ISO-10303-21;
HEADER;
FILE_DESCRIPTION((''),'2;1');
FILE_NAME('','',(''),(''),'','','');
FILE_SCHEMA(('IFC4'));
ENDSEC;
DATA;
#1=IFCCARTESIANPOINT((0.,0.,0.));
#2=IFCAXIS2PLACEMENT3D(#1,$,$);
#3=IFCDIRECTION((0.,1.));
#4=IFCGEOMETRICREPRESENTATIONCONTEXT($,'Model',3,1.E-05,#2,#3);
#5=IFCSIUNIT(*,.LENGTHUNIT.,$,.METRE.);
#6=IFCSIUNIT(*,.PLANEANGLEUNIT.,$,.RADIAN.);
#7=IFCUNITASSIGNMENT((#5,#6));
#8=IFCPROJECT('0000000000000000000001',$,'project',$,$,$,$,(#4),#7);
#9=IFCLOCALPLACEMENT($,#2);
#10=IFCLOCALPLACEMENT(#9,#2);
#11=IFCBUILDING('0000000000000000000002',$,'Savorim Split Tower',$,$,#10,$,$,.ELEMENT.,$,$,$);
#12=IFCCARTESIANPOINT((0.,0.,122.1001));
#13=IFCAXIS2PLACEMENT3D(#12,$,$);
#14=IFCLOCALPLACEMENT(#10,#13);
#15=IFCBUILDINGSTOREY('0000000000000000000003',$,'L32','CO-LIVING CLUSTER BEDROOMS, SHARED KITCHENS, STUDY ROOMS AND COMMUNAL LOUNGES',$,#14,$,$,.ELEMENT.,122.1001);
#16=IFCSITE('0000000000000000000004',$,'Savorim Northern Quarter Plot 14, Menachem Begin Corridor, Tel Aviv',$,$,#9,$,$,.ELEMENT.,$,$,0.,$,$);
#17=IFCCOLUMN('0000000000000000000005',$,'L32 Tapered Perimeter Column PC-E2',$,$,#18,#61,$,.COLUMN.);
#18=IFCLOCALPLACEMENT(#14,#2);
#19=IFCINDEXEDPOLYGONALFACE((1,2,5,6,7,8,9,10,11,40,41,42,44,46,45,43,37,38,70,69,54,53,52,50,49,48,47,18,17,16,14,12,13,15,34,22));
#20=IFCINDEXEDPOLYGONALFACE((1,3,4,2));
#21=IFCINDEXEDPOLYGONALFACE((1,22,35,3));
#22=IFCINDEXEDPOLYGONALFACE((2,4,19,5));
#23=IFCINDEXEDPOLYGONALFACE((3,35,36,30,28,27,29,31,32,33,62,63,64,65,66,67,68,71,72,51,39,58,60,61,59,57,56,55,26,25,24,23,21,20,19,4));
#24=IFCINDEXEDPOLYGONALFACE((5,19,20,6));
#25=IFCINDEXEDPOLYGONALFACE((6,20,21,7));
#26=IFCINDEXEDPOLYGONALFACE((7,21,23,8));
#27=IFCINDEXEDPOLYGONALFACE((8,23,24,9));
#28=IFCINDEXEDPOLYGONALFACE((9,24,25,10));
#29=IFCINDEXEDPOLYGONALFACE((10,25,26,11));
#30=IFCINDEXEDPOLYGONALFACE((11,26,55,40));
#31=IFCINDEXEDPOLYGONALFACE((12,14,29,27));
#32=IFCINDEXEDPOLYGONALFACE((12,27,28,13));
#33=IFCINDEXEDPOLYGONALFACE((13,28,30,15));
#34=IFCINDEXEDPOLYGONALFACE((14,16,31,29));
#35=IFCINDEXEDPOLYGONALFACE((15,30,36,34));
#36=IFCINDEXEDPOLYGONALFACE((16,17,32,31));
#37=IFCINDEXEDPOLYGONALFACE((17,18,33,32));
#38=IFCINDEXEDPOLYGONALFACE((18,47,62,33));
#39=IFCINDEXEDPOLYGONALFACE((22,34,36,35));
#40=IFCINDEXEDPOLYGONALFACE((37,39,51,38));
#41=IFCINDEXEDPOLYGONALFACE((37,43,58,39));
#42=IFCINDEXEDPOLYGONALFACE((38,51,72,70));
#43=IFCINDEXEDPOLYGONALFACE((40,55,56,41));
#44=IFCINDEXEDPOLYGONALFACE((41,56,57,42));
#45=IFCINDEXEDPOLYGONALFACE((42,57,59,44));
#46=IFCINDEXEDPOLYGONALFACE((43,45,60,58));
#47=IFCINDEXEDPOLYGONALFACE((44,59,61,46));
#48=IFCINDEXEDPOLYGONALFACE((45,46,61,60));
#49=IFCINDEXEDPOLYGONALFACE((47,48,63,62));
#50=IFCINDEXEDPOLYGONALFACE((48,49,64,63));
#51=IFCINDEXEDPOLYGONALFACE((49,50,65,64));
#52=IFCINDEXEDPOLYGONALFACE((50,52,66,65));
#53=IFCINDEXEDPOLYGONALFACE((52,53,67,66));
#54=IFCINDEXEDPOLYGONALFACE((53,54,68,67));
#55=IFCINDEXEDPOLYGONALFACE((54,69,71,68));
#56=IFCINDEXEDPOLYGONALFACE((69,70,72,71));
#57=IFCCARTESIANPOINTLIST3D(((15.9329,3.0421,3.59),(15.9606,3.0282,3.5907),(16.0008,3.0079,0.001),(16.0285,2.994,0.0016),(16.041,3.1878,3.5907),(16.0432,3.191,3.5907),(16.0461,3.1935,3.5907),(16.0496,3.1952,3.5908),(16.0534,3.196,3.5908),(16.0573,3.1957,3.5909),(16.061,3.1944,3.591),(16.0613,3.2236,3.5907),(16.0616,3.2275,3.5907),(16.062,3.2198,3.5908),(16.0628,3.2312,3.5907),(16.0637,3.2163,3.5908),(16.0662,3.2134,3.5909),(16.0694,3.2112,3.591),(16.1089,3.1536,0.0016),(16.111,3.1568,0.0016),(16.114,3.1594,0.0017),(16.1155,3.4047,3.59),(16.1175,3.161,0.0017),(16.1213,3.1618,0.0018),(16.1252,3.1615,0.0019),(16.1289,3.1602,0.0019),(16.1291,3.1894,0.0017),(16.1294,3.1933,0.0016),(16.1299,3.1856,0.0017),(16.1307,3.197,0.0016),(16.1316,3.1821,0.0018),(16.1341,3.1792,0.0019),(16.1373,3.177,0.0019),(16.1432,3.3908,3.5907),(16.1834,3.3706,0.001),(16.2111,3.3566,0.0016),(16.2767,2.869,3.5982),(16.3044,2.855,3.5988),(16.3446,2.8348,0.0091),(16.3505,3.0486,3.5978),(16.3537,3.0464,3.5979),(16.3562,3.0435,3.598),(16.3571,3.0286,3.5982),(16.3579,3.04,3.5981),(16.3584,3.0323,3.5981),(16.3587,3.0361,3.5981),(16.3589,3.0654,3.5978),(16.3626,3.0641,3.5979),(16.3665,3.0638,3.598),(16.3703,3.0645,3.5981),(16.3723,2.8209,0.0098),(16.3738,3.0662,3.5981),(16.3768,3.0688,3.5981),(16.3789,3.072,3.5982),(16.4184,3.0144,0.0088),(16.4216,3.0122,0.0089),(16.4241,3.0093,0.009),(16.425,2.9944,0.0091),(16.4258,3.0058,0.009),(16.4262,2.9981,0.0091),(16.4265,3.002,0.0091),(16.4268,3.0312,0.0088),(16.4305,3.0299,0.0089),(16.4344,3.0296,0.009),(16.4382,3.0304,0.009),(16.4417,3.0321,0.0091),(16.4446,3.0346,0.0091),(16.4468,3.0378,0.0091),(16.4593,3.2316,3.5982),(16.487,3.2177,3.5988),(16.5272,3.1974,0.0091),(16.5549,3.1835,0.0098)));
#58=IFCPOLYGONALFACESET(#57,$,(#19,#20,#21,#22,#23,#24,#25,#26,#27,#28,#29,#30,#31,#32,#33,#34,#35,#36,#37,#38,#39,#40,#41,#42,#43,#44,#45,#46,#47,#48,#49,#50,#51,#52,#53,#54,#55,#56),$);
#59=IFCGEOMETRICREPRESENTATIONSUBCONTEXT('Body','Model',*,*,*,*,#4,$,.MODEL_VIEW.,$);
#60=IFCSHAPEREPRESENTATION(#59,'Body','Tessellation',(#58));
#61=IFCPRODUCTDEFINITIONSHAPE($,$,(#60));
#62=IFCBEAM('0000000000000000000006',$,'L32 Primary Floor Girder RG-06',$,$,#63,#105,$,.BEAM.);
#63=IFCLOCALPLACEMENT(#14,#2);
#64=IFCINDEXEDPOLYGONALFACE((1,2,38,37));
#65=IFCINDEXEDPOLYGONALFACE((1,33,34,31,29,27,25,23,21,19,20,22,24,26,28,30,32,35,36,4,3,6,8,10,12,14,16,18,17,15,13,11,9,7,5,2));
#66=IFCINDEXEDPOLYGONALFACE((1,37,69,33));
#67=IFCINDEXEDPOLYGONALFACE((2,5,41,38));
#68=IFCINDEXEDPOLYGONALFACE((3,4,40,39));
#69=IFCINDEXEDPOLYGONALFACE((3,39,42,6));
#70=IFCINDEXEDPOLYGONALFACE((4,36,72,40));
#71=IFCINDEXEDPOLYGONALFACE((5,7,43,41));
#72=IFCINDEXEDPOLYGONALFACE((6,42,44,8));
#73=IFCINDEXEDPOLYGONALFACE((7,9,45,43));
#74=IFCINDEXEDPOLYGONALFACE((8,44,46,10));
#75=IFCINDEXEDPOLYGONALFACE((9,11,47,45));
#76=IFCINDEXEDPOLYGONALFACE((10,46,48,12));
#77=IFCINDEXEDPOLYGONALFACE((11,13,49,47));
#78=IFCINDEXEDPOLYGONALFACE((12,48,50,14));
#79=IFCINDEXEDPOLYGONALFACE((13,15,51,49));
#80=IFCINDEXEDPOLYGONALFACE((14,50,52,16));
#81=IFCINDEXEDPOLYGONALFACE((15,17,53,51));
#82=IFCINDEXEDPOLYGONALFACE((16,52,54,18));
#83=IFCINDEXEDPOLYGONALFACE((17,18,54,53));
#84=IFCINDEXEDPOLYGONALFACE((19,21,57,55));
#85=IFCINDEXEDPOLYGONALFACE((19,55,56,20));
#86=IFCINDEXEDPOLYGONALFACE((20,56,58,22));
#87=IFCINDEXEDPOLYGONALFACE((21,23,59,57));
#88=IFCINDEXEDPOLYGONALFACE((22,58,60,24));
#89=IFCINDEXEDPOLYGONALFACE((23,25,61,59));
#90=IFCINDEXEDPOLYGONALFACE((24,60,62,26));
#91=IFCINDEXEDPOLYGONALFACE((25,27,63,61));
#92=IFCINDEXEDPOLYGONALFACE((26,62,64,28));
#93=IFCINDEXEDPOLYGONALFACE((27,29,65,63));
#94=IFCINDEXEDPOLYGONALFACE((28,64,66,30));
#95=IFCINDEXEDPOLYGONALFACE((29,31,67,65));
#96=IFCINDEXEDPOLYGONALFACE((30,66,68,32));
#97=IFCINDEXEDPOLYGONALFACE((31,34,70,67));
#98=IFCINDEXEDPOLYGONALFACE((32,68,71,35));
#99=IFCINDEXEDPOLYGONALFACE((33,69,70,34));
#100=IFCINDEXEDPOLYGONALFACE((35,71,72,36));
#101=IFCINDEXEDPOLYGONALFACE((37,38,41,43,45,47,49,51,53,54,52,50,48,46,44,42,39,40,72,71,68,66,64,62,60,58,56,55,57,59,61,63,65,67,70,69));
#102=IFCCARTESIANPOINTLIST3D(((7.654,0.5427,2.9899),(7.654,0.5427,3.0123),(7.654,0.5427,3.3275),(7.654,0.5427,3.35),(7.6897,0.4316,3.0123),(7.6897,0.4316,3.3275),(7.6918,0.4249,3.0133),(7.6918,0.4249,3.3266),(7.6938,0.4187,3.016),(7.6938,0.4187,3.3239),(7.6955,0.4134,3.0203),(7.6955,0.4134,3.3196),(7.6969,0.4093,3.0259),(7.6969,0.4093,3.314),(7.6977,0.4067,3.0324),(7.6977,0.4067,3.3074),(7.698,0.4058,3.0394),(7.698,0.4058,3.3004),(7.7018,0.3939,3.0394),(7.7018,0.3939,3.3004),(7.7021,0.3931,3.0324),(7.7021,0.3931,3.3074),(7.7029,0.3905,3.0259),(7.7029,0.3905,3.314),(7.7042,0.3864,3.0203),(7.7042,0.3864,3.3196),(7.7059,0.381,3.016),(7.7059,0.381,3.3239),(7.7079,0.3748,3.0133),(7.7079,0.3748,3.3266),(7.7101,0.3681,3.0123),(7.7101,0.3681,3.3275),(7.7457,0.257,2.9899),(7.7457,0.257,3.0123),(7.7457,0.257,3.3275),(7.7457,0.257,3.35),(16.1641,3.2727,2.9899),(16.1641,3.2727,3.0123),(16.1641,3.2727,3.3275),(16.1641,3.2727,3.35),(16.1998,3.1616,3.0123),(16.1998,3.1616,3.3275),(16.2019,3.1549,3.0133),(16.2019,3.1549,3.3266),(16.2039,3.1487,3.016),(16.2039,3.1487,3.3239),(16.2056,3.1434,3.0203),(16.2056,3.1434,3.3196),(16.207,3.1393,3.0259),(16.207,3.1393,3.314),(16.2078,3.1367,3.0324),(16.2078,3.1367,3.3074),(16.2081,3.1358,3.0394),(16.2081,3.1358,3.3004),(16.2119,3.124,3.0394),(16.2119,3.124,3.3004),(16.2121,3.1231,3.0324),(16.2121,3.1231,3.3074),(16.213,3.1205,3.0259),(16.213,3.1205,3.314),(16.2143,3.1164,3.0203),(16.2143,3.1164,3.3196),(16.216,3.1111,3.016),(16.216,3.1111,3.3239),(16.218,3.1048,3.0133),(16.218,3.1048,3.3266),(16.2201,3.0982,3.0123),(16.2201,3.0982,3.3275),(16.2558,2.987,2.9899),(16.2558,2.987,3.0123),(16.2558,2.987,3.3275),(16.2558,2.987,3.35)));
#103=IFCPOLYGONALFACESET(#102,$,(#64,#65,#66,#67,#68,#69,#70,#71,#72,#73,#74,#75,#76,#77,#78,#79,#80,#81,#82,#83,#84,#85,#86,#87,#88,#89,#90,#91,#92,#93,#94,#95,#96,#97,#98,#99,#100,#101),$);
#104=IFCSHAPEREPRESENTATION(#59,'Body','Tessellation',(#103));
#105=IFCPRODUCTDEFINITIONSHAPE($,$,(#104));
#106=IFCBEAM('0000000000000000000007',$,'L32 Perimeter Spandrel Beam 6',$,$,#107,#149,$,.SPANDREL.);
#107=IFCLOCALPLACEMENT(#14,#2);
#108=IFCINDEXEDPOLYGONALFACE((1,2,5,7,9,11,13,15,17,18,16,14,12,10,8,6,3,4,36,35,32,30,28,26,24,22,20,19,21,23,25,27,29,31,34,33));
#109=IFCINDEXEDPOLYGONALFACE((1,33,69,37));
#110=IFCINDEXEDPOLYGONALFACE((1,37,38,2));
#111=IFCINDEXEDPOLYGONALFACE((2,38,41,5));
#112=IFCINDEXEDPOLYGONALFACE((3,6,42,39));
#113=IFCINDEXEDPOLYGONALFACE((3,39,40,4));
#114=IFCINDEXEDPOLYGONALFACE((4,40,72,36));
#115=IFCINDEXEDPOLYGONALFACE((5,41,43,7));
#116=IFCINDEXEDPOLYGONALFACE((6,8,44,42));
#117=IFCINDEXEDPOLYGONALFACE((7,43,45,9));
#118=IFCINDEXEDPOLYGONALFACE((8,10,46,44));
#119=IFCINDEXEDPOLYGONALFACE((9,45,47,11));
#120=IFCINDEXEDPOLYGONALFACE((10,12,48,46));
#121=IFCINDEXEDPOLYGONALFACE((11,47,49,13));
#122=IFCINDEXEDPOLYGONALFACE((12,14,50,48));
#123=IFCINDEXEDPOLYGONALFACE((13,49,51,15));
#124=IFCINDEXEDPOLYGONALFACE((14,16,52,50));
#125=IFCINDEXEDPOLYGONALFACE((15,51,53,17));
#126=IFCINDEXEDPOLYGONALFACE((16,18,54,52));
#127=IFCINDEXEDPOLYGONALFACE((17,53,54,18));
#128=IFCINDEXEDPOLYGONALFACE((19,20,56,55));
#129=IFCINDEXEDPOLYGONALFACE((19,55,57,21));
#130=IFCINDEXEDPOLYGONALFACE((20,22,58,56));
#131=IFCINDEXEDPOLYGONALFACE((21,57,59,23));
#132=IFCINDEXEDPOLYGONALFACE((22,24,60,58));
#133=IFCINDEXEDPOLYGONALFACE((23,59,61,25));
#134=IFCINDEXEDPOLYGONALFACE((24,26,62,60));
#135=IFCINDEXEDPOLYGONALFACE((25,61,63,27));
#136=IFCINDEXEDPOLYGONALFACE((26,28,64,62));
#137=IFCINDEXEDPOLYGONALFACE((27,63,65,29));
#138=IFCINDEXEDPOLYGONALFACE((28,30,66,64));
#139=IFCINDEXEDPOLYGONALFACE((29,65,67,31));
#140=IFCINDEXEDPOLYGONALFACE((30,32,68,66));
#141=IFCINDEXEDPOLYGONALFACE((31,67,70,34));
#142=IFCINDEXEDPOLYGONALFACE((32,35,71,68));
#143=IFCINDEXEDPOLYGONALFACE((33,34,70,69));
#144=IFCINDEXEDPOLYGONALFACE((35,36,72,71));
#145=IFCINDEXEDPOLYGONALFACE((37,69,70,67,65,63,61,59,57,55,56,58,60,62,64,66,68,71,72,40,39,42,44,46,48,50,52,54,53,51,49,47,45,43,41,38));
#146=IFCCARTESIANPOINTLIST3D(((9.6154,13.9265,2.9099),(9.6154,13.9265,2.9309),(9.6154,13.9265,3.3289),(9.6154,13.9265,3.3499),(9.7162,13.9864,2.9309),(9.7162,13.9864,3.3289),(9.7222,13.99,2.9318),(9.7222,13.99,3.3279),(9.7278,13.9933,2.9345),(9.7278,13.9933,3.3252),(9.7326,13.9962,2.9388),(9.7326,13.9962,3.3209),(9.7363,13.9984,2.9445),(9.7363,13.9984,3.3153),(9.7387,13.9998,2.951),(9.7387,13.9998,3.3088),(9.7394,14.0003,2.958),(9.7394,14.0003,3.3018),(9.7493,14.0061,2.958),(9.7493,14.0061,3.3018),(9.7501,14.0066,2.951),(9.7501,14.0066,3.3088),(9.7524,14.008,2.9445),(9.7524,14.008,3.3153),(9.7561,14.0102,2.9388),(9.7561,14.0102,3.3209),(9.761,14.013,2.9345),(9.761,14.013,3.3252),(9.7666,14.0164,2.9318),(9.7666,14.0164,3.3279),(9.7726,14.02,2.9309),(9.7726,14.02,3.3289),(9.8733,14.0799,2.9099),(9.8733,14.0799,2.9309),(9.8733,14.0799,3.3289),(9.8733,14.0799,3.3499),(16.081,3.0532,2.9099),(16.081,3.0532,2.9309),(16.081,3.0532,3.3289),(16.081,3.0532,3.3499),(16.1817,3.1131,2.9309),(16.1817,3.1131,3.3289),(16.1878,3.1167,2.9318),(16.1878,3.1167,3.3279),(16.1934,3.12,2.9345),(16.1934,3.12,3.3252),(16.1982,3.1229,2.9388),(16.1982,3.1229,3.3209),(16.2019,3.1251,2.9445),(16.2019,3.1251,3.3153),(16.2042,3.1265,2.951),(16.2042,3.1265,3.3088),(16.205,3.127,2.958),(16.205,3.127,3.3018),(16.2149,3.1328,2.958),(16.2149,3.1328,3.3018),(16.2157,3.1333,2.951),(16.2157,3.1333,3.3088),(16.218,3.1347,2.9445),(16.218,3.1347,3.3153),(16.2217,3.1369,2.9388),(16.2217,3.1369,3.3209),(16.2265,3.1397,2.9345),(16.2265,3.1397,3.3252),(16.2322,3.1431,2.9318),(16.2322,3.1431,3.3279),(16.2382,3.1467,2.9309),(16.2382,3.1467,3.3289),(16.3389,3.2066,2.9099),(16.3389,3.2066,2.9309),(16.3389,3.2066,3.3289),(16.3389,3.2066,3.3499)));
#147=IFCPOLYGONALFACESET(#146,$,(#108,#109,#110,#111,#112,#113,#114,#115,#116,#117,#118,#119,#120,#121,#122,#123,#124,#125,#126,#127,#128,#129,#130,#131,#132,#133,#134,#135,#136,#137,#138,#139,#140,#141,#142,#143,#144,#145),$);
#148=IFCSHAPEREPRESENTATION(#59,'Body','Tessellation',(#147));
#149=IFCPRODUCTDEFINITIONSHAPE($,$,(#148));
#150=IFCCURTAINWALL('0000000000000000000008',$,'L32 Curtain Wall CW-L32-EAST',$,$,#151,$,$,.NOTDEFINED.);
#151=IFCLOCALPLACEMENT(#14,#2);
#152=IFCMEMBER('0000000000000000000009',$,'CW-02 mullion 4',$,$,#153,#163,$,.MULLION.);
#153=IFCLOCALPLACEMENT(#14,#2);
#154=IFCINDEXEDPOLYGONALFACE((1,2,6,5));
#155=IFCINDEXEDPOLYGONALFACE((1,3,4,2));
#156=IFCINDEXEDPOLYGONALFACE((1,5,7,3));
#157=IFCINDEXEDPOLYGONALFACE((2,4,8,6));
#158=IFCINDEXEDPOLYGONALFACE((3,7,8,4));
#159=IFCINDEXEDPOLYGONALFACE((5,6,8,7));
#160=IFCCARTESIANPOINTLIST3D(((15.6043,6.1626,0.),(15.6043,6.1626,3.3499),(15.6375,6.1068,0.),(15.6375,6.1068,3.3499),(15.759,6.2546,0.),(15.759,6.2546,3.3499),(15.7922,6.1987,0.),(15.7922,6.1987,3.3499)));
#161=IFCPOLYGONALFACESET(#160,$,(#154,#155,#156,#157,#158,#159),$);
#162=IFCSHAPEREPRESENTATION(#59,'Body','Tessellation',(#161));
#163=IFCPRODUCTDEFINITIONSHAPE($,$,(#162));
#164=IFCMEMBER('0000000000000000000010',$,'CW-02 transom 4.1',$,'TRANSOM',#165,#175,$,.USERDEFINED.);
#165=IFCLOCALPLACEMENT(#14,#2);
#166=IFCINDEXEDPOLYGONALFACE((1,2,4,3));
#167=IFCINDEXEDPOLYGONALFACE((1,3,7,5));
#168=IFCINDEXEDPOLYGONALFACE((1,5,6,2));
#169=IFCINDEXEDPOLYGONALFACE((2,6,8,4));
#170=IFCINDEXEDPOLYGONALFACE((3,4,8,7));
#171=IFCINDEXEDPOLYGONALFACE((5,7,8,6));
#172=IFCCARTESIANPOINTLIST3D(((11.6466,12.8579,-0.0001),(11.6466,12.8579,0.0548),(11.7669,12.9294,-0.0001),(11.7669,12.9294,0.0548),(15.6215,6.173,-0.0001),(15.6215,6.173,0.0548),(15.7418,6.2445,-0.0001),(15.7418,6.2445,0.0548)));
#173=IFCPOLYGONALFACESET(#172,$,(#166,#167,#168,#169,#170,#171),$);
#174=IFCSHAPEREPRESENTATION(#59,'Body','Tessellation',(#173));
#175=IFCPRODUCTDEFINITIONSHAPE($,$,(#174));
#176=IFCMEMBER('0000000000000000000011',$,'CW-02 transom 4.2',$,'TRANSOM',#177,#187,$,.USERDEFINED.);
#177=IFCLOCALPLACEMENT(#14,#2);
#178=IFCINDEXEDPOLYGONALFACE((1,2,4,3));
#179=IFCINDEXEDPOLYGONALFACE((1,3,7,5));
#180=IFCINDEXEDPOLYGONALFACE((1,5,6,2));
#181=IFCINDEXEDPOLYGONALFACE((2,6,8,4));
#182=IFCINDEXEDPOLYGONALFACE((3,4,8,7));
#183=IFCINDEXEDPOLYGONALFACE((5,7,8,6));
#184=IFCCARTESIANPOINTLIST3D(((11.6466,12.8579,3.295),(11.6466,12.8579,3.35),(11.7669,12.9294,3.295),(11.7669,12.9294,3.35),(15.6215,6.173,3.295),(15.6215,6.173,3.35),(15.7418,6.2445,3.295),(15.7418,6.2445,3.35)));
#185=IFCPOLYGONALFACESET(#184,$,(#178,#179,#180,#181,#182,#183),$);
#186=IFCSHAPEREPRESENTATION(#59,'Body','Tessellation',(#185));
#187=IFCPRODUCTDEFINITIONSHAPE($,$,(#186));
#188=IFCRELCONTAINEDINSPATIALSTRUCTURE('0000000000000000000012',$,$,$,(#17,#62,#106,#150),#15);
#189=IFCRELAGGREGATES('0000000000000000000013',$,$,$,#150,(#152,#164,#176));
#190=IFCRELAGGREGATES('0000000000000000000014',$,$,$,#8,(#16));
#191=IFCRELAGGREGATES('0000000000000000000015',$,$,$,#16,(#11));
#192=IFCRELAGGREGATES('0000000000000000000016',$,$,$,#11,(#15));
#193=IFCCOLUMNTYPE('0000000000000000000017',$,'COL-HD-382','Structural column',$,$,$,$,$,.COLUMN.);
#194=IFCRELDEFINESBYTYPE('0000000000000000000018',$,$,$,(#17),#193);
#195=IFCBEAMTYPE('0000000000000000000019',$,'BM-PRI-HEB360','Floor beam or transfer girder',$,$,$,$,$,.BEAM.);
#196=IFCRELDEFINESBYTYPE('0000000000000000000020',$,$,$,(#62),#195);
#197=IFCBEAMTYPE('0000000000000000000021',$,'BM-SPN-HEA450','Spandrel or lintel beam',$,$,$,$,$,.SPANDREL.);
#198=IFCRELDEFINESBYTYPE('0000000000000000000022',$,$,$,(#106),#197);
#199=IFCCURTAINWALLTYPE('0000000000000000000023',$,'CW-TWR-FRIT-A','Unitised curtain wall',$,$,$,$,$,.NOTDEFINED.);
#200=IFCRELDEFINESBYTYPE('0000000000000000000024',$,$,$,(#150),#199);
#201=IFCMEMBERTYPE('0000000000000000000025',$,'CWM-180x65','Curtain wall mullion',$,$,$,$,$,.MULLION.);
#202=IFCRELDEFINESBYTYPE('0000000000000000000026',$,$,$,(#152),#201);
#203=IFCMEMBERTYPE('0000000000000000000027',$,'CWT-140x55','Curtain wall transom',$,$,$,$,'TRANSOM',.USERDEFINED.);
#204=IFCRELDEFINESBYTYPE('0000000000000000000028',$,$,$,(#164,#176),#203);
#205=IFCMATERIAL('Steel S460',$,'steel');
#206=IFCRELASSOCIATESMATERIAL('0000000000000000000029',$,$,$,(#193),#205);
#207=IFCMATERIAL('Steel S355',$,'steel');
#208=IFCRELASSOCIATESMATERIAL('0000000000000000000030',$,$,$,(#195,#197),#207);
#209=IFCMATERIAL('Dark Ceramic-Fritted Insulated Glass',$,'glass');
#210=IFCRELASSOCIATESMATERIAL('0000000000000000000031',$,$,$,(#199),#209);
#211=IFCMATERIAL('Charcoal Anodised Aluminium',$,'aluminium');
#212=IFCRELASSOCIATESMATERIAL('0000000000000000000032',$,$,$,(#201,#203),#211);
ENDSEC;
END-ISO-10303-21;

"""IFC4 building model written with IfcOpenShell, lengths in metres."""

from ifc_helpers import new_model, si_unit, direction, frame, origin, origin_2d, place, context, subcontext, project, spatial, rectangle, i_section, extrude, material, material_profile, profile_set, type_object, element, aggregate, save


model = new_model("IFC4")

# Units and contexts
model_context = context("Model", 3, precision=1e-05, world=origin(), true_north=direction((0.0, 1.0)))
body_context = subcontext(model_context, "Body", "Model", "MODEL_VIEW")
ifc_project = project(units=[si_unit("LENGTHUNIT", "METRE"), si_unit("PLANEANGLEUNIT", "RADIAN")], contexts=[model_context])

# Site, building, storey
site_placement = place(None, origin())
site = spatial("IfcSite", under=ifc_project, at=site_placement, Name="Savorim Northern Quarter Plot 14, Menachem Begin Corridor, Tel Aviv", CompositionType="ELEMENT", RefElevation=0.0)
building_placement = place(site_placement, origin())
building = spatial("IfcBuilding", under=site, at=building_placement, Name="Savorim Split Tower", CompositionType="ELEMENT")
storey_placement = place(building_placement, frame((0.0, 0.0, 122.1001)))
storey = spatial("IfcBuildingStorey", under=building, at=storey_placement, Name="L32", Description="CO-LIVING CLUSTER BEDROOMS, SHARED KITCHENS, STUDY ROOMS AND COMMUNAL LOUNGES", CompositionType="ELEMENT", Elevation=122.1001)

# Column
ifc_material_1 = material(Name="Steel S460", Category="steel")
ifc_material_profile_1 = material_profile(ifc_material_1, i_section(OverallWidth=0.406, OverallDepth=0.416, WebThickness=0.0188, FlangeThickness=0.031, FilletRadius=0.0149, at=origin_2d()), Name="HD 400x382")
ifc_profile_set_1 = profile_set([ifc_material_profile_1], Name="Steel S460")
column_type = type_object("IfcColumnType", Name="COL-HD-382", Description="Structural column", PredefinedType="COLUMN", material=ifc_profile_set_1)
column_placement = place(storey_placement, frame((16.2778, 3.0957, 0.0054), z_axis=(-0.018906, 0.009521, 0.999776), x_axis=(-0.449782, -0.893138, 0.0)))
element("IfcColumn", 1, at=column_placement, inside=storey, type_object=column_type, Name="L32 Tapered Perimeter Column PC-E2", PredefinedType="COLUMN", context=body_context, shape_type="SweptSolid", body=[
    extrude(i_section(OverallWidth=0.406, OverallDepth=0.416, WebThickness=0.0188, FlangeThickness=0.031, FilletRadius=0.0149, at=origin_2d()), origin(), (0.0, 0.0, 1.0), 3.5898),
])

# Beams
ifc_material_2 = material(Name="Steel S355", Category="steel")
ifc_material_profile_2 = material_profile(ifc_material_2, i_section(OverallWidth=0.3, OverallDepth=0.3601, WebThickness=0.0125, FlangeThickness=0.0225, FilletRadius=0.0271, at=origin_2d()), Name="HEB 360")
ifc_profile_set_2 = profile_set([ifc_material_profile_2], Name="Steel S355")
beam_type_1 = type_object("IfcBeamType", Name="BM-PRI-HEB360", Description="Floor beam or transfer girder", PredefinedType="BEAM", material=ifc_profile_set_2)
beam_1_placement = place(storey_placement, frame((16.21, 3.1299, 3.1699), z_axis=(-0.952204, -0.305464, 0.0), x_axis=(0.305464, -0.952204, 0.0)))
element("IfcBeam", 2, at=beam_1_placement, inside=storey, type_object=beam_type_1, Name="L32 Primary Floor Girder RG-06", PredefinedType="BEAM", context=body_context, shape_type="SweptSolid", body=[
    extrude(i_section(OverallWidth=0.3, OverallDepth=0.3601, WebThickness=0.0125, FlangeThickness=0.0225, FilletRadius=0.0271, at=origin_2d()), origin(), (0.0, 0.0, 1.0), 8.9373),
])
ifc_material_profile_3 = material_profile(ifc_material_2, i_section(OverallWidth=0.3, OverallDepth=0.4399, WebThickness=0.0115, FlangeThickness=0.021, FilletRadius=0.0271, at=origin_2d()), Name="HEA 450")
ifc_profile_set_3 = profile_set([ifc_material_profile_3], Name="Steel S355")
beam_type_2 = type_object("IfcBeamType", Name="BM-SPN-HEA450", Description="Spandrel or lintel beam", PredefinedType="SPANDREL", material=ifc_profile_set_3)
beam_2_placement = place(storey_placement, frame((16.21, 3.1299, 3.1299), z_axis=(-0.511097, 0.859523, 0.0), x_axis=(-0.859523, -0.511097, 0.0)))
element("IfcBeam", 3, at=beam_2_placement, inside=storey, type_object=beam_type_2, Name="L32 Perimeter Spandrel Beam 6", PredefinedType="SPANDREL", context=body_context, shape_type="SweptSolid", body=[
    extrude(i_section(OverallWidth=0.3, OverallDepth=0.4399, WebThickness=0.0115, FlangeThickness=0.021, FilletRadius=0.0271, at=origin_2d()), origin(), (0.0, 0.0, 1.0), 12.6504),
])

# Curtain wall, members
ifc_material_3 = material(Name="Dark Ceramic-Fritted Insulated Glass", Category="glass")
curtain_wall_type = type_object("IfcCurtainWallType", Name="CW-TWR-FRIT-A", Description="Unitised curtain wall", PredefinedType="NOTDEFINED", material=ifc_material_3)
curtain_wall_placement = place(storey_placement, origin())
curtain_wall = element("IfcCurtainWall", 4, at=curtain_wall_placement, inside=storey, type_object=curtain_wall_type, Name="L32 Curtain Wall CW-L32-EAST", PredefinedType="NOTDEFINED")
ifc_material_4 = material(Name="Charcoal Anodised Aluminium", Category="aluminium")
ifc_material_profile_4 = material_profile(ifc_material_4, rectangle(XDim=0.1799, YDim=0.0649, at=origin_2d()), Name="ALU-M 180x65")
ifc_profile_set_4 = profile_set([ifc_material_profile_4], Name="Charcoal Anodised Aluminium")
member_type_1 = type_object("IfcMemberType", Name="CWM-180x65", Description="Curtain wall mullion", PredefinedType="MULLION", material=ifc_profile_set_4)
member_1_placement = place(storey_placement, frame((15.6982, 6.1807, 0.0), z_axis=(0.0, 0.0, 1.0), x_axis=(-0.859525, -0.511093, 0.0)))
member_1 = element("IfcMember", 5, at=member_1_placement, type_object=member_type_1, Name="CW-02 mullion 4", PredefinedType="MULLION", context=body_context, shape_type="SweptSolid", body=[
    extrude(rectangle(XDim=0.1799, YDim=0.0649, at=origin_2d()), origin(), (0.0, 0.0, 1.0), 3.3499),
])
ifc_material_profile_5 = material_profile(ifc_material_4, rectangle(XDim=0.1399, YDim=0.0549, at=origin_2d()), Name="ALU-T 140x55")
ifc_profile_set_5 = profile_set([ifc_material_profile_5], Name="Charcoal Anodised Aluminium")
member_type_2 = type_object("IfcMemberType", Name="CWT-140x55", Description="Curtain wall transom", ElementType="TRANSOM", PredefinedType="USERDEFINED", material=ifc_profile_set_5)
member_2_placement = place(storey_placement, frame((15.6816, 6.2087, 0.0273), z_axis=(-0.511085, 0.85953, 0.0), x_axis=(-0.85953, -0.511085, 0.0)))
member_2 = element("IfcMember", 6, at=member_2_placement, type_object=member_type_2, Name="CW-02 transom 4.1", ObjectType="TRANSOM", PredefinedType="USERDEFINED", context=body_context, shape_type="SweptSolid", body=[
    extrude(rectangle(XDim=0.1399, YDim=0.0549, at=origin_2d()), origin(), (0.0, 0.0, 1.0), 7.7773),
])
member_3_placement = place(storey_placement, frame((15.6816, 6.2087, 3.3225), z_axis=(-0.511085, 0.85953, 0.0), x_axis=(-0.85953, -0.511085, 0.0)))
member_3 = element("IfcMember", 7, at=member_3_placement, type_object=member_type_2, Name="CW-02 transom 4.2", ObjectType="TRANSOM", PredefinedType="USERDEFINED", context=body_context, shape_type="SweptSolid", body=[
    extrude(rectangle(XDim=0.1399, YDim=0.0549, at=origin_2d()), origin(), (0.0, 0.0, 1.0), 7.7773),
])
aggregate(curtain_wall, [member_1, member_2, member_3])

save(model, "model.ifc")
